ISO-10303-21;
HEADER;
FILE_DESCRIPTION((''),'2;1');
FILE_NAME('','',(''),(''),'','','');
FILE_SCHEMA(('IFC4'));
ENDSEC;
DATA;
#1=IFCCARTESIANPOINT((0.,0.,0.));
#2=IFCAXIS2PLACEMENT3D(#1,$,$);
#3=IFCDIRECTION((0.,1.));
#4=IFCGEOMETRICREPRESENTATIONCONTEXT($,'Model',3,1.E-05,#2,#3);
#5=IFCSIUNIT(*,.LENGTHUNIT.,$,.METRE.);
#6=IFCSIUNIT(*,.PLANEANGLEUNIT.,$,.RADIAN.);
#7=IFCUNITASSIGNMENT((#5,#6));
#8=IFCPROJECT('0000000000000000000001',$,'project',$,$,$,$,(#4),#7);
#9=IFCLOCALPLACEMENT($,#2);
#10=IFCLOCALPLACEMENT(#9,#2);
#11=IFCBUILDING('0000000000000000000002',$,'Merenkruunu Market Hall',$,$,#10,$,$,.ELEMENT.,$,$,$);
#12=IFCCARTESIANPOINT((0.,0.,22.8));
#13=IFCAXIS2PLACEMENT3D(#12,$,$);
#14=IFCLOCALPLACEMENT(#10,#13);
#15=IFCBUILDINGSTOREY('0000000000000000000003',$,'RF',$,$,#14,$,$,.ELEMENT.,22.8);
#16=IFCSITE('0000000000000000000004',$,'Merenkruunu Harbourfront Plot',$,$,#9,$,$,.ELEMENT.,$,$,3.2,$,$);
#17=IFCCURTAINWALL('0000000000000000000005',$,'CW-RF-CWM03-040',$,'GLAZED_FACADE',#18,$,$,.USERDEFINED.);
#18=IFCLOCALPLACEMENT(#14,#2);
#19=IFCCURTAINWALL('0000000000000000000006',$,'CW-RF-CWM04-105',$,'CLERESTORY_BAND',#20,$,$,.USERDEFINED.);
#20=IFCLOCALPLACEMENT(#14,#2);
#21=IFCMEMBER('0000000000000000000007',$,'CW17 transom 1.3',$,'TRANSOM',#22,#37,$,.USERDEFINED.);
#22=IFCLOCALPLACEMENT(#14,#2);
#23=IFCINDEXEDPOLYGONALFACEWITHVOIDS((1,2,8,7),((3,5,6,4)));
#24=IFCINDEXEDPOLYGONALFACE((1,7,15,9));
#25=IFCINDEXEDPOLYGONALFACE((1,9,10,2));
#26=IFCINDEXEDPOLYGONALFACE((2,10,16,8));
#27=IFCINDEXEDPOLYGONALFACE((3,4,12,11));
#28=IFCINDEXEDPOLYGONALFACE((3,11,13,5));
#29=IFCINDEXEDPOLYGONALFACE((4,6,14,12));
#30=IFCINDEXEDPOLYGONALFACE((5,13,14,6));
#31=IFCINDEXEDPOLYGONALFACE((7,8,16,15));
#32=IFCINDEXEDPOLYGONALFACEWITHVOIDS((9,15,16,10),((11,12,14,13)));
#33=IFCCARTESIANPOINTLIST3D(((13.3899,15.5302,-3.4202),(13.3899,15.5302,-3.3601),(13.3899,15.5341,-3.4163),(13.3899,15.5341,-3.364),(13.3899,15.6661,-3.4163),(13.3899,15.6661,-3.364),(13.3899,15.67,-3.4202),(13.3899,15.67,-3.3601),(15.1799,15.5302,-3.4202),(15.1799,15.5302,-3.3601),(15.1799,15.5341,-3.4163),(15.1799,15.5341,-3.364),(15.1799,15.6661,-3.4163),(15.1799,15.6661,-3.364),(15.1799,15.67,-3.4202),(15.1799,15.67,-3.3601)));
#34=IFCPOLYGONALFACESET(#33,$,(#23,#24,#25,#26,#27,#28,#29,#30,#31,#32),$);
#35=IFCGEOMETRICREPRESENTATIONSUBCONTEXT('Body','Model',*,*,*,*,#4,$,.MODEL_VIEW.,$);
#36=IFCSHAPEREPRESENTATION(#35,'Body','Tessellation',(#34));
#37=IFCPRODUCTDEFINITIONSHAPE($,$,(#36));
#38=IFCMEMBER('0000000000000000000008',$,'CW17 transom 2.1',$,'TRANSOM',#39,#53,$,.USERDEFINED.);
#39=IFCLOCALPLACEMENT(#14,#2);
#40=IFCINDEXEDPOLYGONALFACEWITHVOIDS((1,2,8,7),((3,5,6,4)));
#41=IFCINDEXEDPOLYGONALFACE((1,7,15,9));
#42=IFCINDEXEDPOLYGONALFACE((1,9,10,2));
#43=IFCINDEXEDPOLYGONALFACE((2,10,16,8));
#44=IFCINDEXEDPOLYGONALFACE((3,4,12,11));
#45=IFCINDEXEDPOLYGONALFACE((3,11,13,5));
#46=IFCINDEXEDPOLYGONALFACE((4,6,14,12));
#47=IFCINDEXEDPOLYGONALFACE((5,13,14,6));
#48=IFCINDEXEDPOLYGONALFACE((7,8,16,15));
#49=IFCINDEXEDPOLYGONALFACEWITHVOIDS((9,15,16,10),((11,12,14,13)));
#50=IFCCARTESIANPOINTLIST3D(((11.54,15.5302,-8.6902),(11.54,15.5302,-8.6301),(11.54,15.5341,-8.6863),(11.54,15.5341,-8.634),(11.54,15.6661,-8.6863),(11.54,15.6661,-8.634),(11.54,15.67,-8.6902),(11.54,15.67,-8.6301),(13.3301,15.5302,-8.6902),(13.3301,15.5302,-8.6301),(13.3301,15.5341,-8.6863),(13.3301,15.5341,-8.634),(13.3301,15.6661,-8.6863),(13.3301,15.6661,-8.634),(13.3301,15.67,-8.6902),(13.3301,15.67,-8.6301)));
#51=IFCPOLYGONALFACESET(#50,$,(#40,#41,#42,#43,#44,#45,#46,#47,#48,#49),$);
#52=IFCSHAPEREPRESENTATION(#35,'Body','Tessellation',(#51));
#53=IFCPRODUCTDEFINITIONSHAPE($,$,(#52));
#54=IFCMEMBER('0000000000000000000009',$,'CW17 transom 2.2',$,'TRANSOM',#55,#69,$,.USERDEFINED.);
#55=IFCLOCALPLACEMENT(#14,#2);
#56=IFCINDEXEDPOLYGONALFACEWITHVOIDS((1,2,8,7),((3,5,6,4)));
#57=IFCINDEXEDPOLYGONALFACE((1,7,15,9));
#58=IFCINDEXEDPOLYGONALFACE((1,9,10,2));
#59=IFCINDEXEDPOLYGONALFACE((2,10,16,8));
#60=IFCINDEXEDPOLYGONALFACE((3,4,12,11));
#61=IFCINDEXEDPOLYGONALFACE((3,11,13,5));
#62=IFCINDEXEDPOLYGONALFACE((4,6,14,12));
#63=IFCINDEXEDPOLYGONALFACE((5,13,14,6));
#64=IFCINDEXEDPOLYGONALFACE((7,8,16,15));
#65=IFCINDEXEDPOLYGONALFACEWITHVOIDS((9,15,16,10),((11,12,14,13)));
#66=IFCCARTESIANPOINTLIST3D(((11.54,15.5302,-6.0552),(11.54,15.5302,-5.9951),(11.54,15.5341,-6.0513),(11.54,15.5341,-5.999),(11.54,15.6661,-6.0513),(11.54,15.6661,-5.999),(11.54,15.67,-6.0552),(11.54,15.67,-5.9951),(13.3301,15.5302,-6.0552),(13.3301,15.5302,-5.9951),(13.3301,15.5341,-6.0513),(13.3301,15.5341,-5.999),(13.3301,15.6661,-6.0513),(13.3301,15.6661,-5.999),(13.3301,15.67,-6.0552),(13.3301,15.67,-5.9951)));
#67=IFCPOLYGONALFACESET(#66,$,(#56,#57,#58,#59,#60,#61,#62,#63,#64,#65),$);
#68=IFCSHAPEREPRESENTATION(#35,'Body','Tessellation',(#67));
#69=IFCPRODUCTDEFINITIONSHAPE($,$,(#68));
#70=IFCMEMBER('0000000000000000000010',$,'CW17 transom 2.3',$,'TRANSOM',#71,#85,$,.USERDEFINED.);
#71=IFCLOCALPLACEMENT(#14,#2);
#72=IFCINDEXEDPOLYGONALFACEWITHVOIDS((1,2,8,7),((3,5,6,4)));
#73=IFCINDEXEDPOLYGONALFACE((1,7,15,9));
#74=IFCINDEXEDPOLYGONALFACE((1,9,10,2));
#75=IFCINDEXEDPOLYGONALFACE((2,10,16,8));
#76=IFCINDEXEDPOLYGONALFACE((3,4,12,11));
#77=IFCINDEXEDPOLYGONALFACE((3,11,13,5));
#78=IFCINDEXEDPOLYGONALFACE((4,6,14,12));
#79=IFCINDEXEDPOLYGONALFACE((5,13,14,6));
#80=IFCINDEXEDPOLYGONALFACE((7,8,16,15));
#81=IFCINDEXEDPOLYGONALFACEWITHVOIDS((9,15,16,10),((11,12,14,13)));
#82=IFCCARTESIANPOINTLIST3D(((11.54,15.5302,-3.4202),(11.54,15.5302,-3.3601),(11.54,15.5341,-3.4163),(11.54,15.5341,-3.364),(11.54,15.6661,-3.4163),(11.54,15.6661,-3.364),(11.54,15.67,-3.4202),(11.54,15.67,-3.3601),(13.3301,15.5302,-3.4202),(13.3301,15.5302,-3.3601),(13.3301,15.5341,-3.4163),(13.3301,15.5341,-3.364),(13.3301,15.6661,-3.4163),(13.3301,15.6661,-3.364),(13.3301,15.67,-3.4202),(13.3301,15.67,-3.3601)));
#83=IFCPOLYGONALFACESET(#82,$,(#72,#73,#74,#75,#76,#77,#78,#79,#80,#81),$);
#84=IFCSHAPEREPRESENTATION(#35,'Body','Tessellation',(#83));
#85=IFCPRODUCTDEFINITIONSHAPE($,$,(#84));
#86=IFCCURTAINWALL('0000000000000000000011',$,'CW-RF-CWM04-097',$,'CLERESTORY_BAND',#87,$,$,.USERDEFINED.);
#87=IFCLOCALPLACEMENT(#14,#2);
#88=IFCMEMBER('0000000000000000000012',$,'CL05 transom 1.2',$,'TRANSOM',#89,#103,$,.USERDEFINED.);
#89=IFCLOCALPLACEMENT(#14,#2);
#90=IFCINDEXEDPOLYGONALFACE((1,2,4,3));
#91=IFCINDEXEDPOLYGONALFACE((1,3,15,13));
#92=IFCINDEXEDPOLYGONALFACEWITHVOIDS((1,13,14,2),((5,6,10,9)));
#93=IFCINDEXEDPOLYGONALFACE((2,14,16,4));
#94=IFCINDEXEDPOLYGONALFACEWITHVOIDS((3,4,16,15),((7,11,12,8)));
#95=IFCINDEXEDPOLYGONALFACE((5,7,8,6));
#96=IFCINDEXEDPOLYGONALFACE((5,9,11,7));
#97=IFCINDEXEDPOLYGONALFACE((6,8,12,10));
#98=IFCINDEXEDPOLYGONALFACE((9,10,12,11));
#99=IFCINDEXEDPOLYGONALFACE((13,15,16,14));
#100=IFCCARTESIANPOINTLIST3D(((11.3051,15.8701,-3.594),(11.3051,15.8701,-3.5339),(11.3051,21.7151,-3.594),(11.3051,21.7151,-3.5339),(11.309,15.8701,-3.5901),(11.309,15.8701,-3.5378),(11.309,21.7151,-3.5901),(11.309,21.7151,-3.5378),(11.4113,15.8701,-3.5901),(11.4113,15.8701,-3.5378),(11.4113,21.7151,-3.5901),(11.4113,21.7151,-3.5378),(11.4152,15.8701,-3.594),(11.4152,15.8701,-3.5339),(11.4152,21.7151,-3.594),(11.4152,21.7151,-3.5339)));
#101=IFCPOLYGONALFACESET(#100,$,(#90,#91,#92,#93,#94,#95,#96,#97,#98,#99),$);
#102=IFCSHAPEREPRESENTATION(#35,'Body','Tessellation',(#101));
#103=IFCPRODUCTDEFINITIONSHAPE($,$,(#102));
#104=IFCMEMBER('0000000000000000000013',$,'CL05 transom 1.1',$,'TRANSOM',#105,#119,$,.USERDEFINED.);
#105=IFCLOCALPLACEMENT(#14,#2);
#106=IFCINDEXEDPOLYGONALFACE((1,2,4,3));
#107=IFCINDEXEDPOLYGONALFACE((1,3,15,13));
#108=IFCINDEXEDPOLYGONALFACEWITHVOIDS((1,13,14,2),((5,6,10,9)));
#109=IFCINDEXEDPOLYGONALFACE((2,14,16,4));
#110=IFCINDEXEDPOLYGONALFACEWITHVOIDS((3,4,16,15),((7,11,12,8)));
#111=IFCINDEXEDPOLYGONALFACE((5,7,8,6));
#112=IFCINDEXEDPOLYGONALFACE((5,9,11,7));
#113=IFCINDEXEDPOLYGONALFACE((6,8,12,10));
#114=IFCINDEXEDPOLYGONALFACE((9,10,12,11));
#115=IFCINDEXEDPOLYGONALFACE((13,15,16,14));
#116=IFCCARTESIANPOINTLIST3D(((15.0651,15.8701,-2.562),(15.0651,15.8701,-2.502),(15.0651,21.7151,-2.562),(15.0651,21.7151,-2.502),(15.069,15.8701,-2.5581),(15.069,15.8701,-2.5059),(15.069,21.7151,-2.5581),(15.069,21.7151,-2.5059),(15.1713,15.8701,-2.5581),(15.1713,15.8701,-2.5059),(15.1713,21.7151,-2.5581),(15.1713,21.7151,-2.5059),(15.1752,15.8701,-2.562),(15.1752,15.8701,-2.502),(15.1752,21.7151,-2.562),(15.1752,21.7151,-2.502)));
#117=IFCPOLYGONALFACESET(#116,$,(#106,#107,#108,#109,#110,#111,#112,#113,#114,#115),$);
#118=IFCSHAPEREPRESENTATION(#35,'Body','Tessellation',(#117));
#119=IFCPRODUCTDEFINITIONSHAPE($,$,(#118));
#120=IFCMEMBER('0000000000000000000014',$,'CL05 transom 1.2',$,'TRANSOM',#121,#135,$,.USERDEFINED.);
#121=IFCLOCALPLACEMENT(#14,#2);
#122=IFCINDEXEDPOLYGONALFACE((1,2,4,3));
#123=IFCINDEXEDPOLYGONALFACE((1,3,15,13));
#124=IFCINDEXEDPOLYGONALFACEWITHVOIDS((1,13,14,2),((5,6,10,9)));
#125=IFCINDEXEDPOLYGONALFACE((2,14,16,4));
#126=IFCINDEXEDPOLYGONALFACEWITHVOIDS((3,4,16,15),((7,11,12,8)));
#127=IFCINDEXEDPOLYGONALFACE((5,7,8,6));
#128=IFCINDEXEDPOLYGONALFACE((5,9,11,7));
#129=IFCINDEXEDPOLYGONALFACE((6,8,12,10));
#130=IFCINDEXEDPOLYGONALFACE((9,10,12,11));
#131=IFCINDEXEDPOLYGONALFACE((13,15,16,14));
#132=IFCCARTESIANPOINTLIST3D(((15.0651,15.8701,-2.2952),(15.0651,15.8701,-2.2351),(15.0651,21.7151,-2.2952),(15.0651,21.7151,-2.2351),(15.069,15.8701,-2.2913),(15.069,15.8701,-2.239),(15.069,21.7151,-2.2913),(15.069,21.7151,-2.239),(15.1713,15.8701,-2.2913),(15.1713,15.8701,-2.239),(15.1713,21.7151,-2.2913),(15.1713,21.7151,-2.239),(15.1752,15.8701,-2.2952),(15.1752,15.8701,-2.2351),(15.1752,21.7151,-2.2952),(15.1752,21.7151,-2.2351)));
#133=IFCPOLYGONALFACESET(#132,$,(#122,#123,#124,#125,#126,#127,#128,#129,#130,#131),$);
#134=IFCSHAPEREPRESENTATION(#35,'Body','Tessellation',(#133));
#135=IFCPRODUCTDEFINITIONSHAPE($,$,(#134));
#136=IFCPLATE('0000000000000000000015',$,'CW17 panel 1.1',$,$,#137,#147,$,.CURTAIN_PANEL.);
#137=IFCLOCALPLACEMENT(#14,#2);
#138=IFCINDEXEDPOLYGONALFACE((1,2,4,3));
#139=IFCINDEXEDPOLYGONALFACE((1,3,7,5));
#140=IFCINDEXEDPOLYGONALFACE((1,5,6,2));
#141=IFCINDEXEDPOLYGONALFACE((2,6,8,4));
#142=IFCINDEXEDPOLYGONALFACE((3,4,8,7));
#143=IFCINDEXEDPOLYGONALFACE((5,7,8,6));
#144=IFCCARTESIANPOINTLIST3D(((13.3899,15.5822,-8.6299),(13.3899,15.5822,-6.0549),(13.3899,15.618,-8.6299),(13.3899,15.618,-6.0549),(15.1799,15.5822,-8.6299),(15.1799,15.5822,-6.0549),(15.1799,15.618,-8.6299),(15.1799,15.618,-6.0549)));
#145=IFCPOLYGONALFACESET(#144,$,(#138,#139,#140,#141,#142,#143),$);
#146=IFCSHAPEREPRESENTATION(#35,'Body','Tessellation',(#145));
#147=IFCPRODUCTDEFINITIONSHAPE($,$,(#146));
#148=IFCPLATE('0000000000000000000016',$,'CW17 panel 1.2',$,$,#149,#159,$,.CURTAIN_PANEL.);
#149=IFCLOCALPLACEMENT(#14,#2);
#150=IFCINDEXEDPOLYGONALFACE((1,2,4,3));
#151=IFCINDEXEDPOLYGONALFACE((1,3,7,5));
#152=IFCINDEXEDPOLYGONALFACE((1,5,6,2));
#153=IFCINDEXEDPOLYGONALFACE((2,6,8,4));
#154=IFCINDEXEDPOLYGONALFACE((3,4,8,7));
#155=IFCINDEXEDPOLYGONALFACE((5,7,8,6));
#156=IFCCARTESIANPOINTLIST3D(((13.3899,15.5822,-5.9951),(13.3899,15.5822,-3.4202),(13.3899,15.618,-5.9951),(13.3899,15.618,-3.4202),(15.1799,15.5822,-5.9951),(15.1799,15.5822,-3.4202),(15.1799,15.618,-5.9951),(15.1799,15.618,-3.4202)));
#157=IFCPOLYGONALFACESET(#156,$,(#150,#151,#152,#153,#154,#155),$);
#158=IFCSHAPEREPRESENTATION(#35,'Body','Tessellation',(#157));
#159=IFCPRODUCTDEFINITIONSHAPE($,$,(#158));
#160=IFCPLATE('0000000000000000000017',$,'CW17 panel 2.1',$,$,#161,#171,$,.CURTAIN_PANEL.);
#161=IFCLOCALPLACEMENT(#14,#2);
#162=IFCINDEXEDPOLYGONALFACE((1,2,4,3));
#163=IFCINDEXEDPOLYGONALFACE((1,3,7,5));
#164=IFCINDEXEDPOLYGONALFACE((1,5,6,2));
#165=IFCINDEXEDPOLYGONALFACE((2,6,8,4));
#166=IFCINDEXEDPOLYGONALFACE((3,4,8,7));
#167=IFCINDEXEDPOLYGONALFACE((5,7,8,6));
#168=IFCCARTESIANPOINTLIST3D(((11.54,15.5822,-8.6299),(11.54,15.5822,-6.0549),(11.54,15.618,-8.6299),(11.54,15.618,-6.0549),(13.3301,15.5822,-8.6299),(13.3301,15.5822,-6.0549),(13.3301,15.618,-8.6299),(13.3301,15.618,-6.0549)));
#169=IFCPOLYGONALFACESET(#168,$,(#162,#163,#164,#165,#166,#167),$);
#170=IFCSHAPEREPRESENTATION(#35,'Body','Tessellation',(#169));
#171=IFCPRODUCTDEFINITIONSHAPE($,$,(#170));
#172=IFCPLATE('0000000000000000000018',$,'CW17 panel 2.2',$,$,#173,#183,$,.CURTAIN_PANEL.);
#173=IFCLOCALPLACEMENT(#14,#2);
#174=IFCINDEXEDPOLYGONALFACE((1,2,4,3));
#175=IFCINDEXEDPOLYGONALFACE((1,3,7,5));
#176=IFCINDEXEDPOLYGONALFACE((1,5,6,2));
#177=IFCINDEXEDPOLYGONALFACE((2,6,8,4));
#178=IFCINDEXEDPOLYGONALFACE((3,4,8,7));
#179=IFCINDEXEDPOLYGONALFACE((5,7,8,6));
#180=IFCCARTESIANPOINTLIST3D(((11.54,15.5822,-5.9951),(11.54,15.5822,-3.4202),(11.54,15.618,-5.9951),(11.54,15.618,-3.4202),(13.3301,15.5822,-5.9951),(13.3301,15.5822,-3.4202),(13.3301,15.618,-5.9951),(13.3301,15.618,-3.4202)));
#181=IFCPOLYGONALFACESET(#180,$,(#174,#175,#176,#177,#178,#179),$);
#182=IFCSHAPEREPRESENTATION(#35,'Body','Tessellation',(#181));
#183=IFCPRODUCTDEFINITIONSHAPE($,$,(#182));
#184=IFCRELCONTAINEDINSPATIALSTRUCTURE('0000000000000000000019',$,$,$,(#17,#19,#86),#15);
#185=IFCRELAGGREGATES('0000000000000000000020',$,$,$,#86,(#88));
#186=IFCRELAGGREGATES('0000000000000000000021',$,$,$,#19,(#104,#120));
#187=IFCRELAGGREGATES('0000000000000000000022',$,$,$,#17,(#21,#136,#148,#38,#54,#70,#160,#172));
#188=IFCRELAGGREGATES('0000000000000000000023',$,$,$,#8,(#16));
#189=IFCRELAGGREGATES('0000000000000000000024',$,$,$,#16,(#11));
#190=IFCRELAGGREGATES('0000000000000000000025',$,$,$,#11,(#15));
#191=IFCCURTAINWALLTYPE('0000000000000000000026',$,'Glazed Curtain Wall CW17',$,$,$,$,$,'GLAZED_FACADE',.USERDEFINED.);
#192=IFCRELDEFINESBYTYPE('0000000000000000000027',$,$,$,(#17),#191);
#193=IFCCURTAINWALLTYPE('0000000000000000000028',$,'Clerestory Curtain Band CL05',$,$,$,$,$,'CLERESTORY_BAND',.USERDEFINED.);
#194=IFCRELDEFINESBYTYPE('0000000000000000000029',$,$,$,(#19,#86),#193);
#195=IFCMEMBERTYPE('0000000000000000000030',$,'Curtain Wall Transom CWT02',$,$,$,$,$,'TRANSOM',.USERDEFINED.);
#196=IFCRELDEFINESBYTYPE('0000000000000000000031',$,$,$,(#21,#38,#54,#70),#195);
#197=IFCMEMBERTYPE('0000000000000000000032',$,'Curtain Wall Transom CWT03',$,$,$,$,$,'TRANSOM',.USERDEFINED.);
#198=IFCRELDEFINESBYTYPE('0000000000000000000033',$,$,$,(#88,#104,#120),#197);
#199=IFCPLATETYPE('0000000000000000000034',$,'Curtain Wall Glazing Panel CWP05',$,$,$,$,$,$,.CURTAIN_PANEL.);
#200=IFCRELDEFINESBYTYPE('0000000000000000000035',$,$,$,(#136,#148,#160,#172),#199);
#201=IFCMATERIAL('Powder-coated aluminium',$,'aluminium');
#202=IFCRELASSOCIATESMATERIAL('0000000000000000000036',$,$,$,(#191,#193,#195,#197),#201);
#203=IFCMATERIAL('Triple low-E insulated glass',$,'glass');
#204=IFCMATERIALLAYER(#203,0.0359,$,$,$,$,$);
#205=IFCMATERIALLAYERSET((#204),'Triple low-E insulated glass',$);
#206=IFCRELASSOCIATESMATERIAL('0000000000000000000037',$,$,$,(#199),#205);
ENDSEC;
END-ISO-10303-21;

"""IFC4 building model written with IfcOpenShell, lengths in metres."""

from ifc_helpers import new_model, si_unit, direction, frame, origin, origin_2d, place, context, subcontext, project, spatial, rectangle, hollow_rectangle, extrude, material, layer, layer_set, material_profile, profile_set, type_object, element, aggregate, save


model = new_model("IFC4")

# Units and contexts
model_context = context("Model", 3, precision=1e-05, world=origin(), true_north=direction((0.0, 1.0)))
body_context = subcontext(model_context, "Body", "Model", "MODEL_VIEW")
ifc_project = project(units=[si_unit("LENGTHUNIT", "METRE"), si_unit("PLANEANGLEUNIT", "RADIAN")], contexts=[model_context])

# Site, building, storey
site_placement = place(None, origin())
site = spatial("IfcSite", under=ifc_project, at=site_placement, Name="Merenkruunu Harbourfront Plot", CompositionType="ELEMENT", RefElevation=3.2)
building_placement = place(site_placement, origin())
building = spatial("IfcBuilding", under=site, at=building_placement, Name="Merenkruunu Market Hall", CompositionType="ELEMENT")
storey_placement = place(building_placement, frame((0.0, 0.0, 22.8)))
storey = spatial("IfcBuildingStorey", under=building, at=storey_placement, Name="RF", CompositionType="ELEMENT", Elevation=22.8)

# Shared definitions
ifc_material_1 = material(Name="Powder-coated aluminium", Category="aluminium")
curtain_wall_type_1 = type_object("IfcCurtainWallType", Name="Glazed Curtain Wall CW17", ElementType="GLAZED_FACADE", PredefinedType="USERDEFINED", material=ifc_material_1)

# Curtain wall
curtain_wall_1_placement = place(storey_placement, origin())
curtain_wall_1 = element("IfcCurtainWall", 1, at=curtain_wall_1_placement, inside=storey, type_object=curtain_wall_type_1, Name="CW-RF-CWM03-040", ObjectType="GLAZED_FACADE", PredefinedType="USERDEFINED")

# Curtain wall
curtain_wall_type_2 = type_object("IfcCurtainWallType", Name="Clerestory Curtain Band CL05", ElementType="CLERESTORY_BAND", PredefinedType="USERDEFINED", material=ifc_material_1)
curtain_wall_2_placement = place(storey_placement, origin())
curtain_wall_2 = element("IfcCurtainWall", 2, at=curtain_wall_2_placement, inside=storey, type_object=curtain_wall_type_2, Name="CW-RF-CWM04-105", ObjectType="CLERESTORY_BAND", PredefinedType="USERDEFINED")

# Members
ifc_material_profile_1 = material_profile(ifc_material_1, hollow_rectangle(XDim=0.0601, YDim=0.1399, WallThickness=0.0039, at=origin_2d()), Name="ALU 60x140x4")
ifc_profile_set_1 = profile_set([ifc_material_profile_1], Name="Powder-coated aluminium")
member_type_1 = type_object("IfcMemberType", Name="Curtain Wall Transom CWT02", ElementType="TRANSOM", PredefinedType="USERDEFINED", material=ifc_profile_set_1)
member_1_placement = place(storey_placement, frame((15.1799, 15.6001, -3.3901), z_axis=(-1.0, 0.0, 0.0), x_axis=(0.0, 0.0, 1.0)))
member_1 = element("IfcMember", 3, at=member_1_placement, type_object=member_type_1, Name="CW17 transom 1.3", ObjectType="TRANSOM", PredefinedType="USERDEFINED", context=body_context, shape_type="SweptSolid", body=[
    extrude(hollow_rectangle(XDim=0.0601, YDim=0.1399, WallThickness=0.0039, at=origin_2d()), origin(), (0.0, 0.0, 1.0), 1.79),
])
member_2_placement = place(storey_placement, frame((13.3301, 15.6001, -8.6602), z_axis=(-1.0, 0.0, 0.0), x_axis=(0.0, 0.0, 1.0)))
member_2 = element("IfcMember", 4, at=member_2_placement, type_object=member_type_1, Name="CW17 transom 2.1", ObjectType="TRANSOM", PredefinedType="USERDEFINED", context=body_context, shape_type="SweptSolid", body=[
    extrude(hollow_rectangle(XDim=0.0601, YDim=0.1399, WallThickness=0.0039, at=origin_2d()), origin(), (0.0, 0.0, 1.0), 1.79),
])
member_3_placement = place(storey_placement, frame((13.3301, 15.6001, -6.0251), z_axis=(-1.0, 0.0, 0.0), x_axis=(0.0, 0.0, 1.0)))
member_3 = element("IfcMember", 5, at=member_3_placement, type_object=member_type_1, Name="CW17 transom 2.2", ObjectType="TRANSOM", PredefinedType="USERDEFINED", context=body_context, shape_type="SweptSolid", body=[
    extrude(hollow_rectangle(XDim=0.0601, YDim=0.1399, WallThickness=0.0039, at=origin_2d()), origin(), (0.0, 0.0, 1.0), 1.79),
])
member_4_placement = place(storey_placement, frame((13.3301, 15.6001, -3.3901), z_axis=(-1.0, 0.0, 0.0), x_axis=(0.0, 0.0, 1.0)))
member_4 = element("IfcMember", 6, at=member_4_placement, type_object=member_type_1, Name="CW17 transom 2.3", ObjectType="TRANSOM", PredefinedType="USERDEFINED", context=body_context, shape_type="SweptSolid", body=[
    extrude(hollow_rectangle(XDim=0.0601, YDim=0.1399, WallThickness=0.0039, at=origin_2d()), origin(), (0.0, 0.0, 1.0), 1.79),
])

# Curtain wall, member
curtain_wall_3_placement = place(storey_placement, origin())
curtain_wall_3 = element("IfcCurtainWall", 7, at=curtain_wall_3_placement, inside=storey, type_object=curtain_wall_type_2, Name="CW-RF-CWM04-097", ObjectType="CLERESTORY_BAND", PredefinedType="USERDEFINED")
ifc_material_profile_2 = material_profile(ifc_material_1, hollow_rectangle(XDim=0.0601, YDim=0.1101, WallThickness=0.0039, at=origin_2d()), Name="ALU 60x110x4")
ifc_profile_set_2 = profile_set([ifc_material_profile_2], Name="Powder-coated aluminium")
member_type_2 = type_object("IfcMemberType", Name="Curtain Wall Transom CWT03", ElementType="TRANSOM", PredefinedType="USERDEFINED", material=ifc_profile_set_2)
member_5_placement = place(storey_placement, frame((11.3601, 15.8701, -3.564), z_axis=(0.0, 1.0, 0.0), x_axis=(0.0, 0.0, 1.0)))
member_5 = element("IfcMember", 8, at=member_5_placement, type_object=member_type_2, Name="CL05 transom 1.2", ObjectType="TRANSOM", PredefinedType="USERDEFINED", context=body_context, shape_type="SweptSolid", body=[
    extrude(hollow_rectangle(XDim=0.0601, YDim=0.1101, WallThickness=0.0039, at=origin_2d()), origin(), (0.0, 0.0, 1.0), 5.845),
])
aggregate(curtain_wall_3, [member_5])

# Members
member_6_placement = place(storey_placement, frame((15.1201, 15.8701, -2.532), z_axis=(0.0, 1.0, 0.0), x_axis=(0.0, 0.0, 1.0)))
member_6 = element("IfcMember", 9, at=member_6_placement, type_object=member_type_2, Name="CL05 transom 1.1", ObjectType="TRANSOM", PredefinedType="USERDEFINED", context=body_context, shape_type="SweptSolid", body=[
    extrude(hollow_rectangle(XDim=0.0601, YDim=0.1101, WallThickness=0.0039, at=origin_2d()), origin(), (0.0, 0.0, 1.0), 5.845),
])
member_7_placement = place(storey_placement, frame((15.1201, 15.8701, -2.2651), z_axis=(0.0, 1.0, 0.0), x_axis=(0.0, 0.0, 1.0)))
member_7 = element("IfcMember", 10, at=member_7_placement, type_object=member_type_2, Name="CL05 transom 1.2", ObjectType="TRANSOM", PredefinedType="USERDEFINED", context=body_context, shape_type="SweptSolid", body=[
    extrude(hollow_rectangle(XDim=0.0601, YDim=0.1101, WallThickness=0.0039, at=origin_2d()), origin(), (0.0, 0.0, 1.0), 5.845),
])
aggregate(curtain_wall_2, [member_6, member_7])

# Plates
ifc_material_2 = material(Name="Triple low-E insulated glass", Category="glass")
ifc_layer_1 = layer(ifc_material_2, 0.0359)
ifc_layer_set_1 = layer_set([ifc_layer_1], Name="Triple low-E insulated glass")
plate_type_1 = type_object("IfcPlateType", Name="Curtain Wall Glazing Panel CWP05", PredefinedType="CURTAIN_PANEL", material=ifc_layer_set_1)
plate_1_placement = place(storey_placement, frame((14.2849, 15.6001, -8.6299), z_axis=(0.0, 0.0, 1.0), x_axis=(-1.0, 0.0, 0.0)))
plate_1 = element("IfcPlate", 11, at=plate_1_placement, type_object=plate_type_1, Name="CW17 panel 1.1", PredefinedType="CURTAIN_PANEL", context=body_context, shape_type="SweptSolid", body=[
    extrude(rectangle(XDim=1.79, YDim=0.0359, at=origin_2d()), origin(), (0.0, 0.0, 1.0), 2.575),
])
plate_2_placement = place(storey_placement, frame((14.2849, 15.6001, -5.9951), z_axis=(0.0, 0.0, 1.0), x_axis=(-1.0, 0.0, 0.0)))
plate_2 = element("IfcPlate", 12, at=plate_2_placement, type_object=plate_type_1, Name="CW17 panel 1.2", PredefinedType="CURTAIN_PANEL", context=body_context, shape_type="SweptSolid", body=[
    extrude(rectangle(XDim=1.79, YDim=0.0359, at=origin_2d()), origin(), (0.0, 0.0, 1.0), 2.575),
])
plate_3_placement = place(storey_placement, frame((12.4351, 15.6001, -8.6299), z_axis=(0.0, 0.0, 1.0), x_axis=(-1.0, 0.0, 0.0)))
plate_3 = element("IfcPlate", 13, at=plate_3_placement, type_object=plate_type_1, Name="CW17 panel 2.1", PredefinedType="CURTAIN_PANEL", context=body_context, shape_type="SweptSolid", body=[
    extrude(rectangle(XDim=1.79, YDim=0.0359, at=origin_2d()), origin(), (0.0, 0.0, 1.0), 2.575),
])
plate_4_placement = place(storey_placement, frame((12.4351, 15.6001, -5.9951), z_axis=(0.0, 0.0, 1.0), x_axis=(-1.0, 0.0, 0.0)))
plate_4 = element("IfcPlate", 14, at=plate_4_placement, type_object=plate_type_1, Name="CW17 panel 2.2", PredefinedType="CURTAIN_PANEL", context=body_context, shape_type="SweptSolid", body=[
    extrude(rectangle(XDim=1.79, YDim=0.0359, at=origin_2d()), origin(), (0.0, 0.0, 1.0), 2.575),
])
aggregate(curtain_wall_1, [member_1, plate_1, plate_2, member_2, member_3, member_4, plate_3, plate_4])

save(model, "model.ifc")
